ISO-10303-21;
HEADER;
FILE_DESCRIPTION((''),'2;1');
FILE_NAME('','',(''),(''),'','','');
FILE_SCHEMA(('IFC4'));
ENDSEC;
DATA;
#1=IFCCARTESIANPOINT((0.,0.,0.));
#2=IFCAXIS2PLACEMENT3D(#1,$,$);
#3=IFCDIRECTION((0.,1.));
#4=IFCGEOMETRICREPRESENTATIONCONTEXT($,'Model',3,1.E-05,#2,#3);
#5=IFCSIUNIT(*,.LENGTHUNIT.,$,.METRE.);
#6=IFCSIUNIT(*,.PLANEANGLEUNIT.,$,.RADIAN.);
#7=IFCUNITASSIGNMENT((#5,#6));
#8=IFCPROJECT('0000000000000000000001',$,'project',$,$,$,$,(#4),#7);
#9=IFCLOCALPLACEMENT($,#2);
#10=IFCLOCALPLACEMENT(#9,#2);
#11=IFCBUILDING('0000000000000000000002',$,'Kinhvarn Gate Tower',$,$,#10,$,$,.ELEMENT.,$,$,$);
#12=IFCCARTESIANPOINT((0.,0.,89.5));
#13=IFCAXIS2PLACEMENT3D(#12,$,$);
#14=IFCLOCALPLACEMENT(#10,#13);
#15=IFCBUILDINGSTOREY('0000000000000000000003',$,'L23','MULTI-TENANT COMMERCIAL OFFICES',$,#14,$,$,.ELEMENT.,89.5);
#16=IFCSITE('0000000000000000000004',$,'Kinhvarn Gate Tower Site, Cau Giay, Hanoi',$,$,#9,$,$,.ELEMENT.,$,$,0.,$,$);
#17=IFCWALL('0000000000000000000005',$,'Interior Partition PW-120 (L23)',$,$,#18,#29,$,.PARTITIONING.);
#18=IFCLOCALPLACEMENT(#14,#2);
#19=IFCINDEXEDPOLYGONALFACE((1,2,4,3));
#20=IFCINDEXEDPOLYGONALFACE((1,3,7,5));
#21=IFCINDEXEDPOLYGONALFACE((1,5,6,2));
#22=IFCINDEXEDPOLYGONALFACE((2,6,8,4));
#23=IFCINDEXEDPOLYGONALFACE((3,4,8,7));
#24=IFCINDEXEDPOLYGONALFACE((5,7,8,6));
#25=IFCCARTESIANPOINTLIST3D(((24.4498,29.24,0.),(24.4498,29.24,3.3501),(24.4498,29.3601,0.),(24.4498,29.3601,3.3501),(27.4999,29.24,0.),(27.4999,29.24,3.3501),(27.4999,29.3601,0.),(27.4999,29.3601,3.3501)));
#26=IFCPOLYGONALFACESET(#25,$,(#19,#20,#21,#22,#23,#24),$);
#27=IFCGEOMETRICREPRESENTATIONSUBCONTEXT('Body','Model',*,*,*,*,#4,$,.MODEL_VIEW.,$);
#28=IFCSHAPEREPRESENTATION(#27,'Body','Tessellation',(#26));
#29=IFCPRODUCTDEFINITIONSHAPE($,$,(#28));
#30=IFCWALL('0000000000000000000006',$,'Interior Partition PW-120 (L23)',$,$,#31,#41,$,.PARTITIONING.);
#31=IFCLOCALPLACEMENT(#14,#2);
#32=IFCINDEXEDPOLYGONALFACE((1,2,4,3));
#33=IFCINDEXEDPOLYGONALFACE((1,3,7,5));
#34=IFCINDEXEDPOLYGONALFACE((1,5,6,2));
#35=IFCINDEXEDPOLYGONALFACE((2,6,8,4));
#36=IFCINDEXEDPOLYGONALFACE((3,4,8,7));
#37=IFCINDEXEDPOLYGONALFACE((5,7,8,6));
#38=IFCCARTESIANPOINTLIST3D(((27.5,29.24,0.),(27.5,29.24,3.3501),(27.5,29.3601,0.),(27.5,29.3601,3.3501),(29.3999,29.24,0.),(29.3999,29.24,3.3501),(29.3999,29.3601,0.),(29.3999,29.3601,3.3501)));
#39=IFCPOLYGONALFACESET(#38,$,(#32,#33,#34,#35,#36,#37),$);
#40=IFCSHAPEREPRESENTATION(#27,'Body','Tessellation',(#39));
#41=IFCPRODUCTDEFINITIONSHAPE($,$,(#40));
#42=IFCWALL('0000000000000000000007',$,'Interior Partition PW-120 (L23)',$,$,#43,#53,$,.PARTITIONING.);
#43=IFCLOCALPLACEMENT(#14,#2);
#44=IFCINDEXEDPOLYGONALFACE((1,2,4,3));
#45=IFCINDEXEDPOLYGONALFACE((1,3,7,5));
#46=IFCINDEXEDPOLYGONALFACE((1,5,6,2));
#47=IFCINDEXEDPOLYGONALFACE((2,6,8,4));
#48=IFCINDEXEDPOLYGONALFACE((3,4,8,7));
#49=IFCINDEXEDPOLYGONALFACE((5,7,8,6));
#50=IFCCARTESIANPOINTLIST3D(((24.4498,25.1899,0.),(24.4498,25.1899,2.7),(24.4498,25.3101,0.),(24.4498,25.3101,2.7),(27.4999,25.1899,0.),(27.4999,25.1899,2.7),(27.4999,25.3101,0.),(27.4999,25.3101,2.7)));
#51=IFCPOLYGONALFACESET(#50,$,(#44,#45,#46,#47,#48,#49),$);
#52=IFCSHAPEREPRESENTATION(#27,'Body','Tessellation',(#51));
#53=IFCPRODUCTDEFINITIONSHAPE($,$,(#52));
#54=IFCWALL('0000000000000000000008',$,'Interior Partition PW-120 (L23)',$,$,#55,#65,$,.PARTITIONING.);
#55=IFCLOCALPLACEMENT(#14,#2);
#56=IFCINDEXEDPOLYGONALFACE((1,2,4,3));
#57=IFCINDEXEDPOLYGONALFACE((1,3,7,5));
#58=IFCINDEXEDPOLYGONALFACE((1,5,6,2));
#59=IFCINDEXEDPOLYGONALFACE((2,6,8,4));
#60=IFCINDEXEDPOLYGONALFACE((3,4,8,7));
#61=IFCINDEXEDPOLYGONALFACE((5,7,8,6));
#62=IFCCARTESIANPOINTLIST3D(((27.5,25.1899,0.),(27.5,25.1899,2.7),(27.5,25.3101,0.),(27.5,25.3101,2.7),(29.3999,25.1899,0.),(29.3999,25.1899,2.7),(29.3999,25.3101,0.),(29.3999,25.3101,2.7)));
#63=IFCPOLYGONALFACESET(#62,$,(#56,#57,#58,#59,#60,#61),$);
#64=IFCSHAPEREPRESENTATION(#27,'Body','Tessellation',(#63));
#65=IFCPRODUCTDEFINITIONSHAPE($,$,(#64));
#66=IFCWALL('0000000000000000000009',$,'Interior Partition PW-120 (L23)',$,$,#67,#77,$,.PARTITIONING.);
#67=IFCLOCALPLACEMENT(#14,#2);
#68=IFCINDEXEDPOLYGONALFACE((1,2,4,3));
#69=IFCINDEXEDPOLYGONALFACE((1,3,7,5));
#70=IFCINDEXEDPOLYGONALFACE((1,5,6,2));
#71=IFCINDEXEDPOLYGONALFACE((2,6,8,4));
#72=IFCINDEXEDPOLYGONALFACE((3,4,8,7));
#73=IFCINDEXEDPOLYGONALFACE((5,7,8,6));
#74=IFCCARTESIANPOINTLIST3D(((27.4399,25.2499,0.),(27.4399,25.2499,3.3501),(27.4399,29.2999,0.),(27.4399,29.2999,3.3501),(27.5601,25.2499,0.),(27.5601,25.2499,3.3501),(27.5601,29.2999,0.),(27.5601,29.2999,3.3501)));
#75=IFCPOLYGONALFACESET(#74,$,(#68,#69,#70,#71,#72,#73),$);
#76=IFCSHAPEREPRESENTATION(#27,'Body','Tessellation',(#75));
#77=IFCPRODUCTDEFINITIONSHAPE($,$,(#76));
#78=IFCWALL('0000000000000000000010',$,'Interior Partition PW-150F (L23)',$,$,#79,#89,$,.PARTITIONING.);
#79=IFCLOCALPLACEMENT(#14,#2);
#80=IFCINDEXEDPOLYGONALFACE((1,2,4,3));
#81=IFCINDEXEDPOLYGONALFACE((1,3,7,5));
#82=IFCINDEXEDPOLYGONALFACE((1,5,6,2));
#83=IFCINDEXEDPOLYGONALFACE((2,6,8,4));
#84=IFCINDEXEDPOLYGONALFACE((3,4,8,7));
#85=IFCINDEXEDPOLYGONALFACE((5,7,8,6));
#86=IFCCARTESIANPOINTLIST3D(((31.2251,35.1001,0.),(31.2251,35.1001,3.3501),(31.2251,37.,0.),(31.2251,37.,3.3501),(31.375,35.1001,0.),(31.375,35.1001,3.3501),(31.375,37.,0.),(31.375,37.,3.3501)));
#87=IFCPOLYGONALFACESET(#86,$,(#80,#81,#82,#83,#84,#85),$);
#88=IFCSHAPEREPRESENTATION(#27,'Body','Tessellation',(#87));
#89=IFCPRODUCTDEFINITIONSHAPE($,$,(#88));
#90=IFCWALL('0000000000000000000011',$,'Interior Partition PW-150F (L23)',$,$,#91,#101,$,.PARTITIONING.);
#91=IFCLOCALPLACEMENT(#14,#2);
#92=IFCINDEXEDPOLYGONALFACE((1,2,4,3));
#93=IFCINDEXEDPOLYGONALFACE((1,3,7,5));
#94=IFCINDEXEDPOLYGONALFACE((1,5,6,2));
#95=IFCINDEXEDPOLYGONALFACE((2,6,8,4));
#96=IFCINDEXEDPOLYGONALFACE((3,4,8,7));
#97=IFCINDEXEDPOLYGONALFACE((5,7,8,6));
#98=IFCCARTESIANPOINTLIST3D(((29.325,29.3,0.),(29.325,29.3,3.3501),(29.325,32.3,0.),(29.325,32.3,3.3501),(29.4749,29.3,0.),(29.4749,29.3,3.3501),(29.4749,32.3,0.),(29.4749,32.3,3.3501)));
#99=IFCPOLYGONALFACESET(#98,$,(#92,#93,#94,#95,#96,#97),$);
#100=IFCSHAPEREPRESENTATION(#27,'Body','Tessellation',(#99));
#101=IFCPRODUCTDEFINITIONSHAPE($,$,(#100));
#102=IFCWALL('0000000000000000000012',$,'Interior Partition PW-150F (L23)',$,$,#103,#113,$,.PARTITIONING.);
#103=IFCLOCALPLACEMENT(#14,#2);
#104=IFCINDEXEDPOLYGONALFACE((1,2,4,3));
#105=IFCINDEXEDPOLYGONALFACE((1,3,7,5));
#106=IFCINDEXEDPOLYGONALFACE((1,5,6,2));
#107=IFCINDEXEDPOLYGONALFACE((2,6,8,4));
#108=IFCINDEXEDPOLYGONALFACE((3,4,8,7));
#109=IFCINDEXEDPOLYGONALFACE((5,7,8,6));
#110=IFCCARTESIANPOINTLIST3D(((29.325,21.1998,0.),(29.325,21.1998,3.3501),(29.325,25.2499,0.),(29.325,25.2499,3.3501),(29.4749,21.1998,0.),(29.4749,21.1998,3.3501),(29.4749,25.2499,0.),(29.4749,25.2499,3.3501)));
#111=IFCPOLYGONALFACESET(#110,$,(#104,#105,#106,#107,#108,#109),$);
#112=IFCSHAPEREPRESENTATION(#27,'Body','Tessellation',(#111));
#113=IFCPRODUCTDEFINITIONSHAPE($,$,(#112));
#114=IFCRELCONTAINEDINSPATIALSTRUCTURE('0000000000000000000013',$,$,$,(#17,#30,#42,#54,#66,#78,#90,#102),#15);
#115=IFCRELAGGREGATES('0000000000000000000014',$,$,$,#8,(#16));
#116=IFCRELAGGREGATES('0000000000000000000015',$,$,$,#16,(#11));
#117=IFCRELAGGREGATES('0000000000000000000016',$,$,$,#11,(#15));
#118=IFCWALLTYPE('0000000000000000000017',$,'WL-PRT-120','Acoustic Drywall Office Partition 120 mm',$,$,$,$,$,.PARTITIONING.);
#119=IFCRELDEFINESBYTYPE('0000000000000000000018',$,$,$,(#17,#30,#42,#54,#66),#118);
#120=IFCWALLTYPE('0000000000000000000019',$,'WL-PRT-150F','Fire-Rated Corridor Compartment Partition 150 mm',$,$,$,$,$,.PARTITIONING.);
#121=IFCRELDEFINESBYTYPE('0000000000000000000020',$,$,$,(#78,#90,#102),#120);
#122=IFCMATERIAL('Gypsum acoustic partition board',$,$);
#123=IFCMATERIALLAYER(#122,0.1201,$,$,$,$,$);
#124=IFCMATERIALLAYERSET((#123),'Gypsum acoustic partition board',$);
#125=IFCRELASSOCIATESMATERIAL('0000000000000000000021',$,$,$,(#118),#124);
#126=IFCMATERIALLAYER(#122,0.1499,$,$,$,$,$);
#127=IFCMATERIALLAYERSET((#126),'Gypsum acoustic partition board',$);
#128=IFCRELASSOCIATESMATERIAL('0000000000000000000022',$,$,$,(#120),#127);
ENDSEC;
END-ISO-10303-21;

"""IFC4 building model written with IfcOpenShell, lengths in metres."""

from ifc_helpers import new_model, si_unit, direction, frame, frame_2d, origin, place, context, subcontext, project, spatial, rectangle, extrude, material, layer, layer_set, type_object, element, save


model = new_model("IFC4")

# Units and contexts
model_context = context("Model", 3, precision=1e-05, world=origin(), true_north=direction((0.0, 1.0)))
body_context = subcontext(model_context, "Body", "Model", "MODEL_VIEW")
ifc_project = project(units=[si_unit("LENGTHUNIT", "METRE"), si_unit("PLANEANGLEUNIT", "RADIAN")], contexts=[model_context])

# Site, building, storey
site_placement = place(None, origin())
site = spatial("IfcSite", under=ifc_project, at=site_placement, Name="Kinhvarn Gate Tower Site, Cau Giay, Hanoi", CompositionType="ELEMENT", RefElevation=0.0)
building_placement = place(site_placement, origin())
building = spatial("IfcBuilding", under=site, at=building_placement, Name="Kinhvarn Gate Tower", CompositionType="ELEMENT")
storey_placement = place(building_placement, frame((0.0, 0.0, 89.5)))
storey = spatial("IfcBuildingStorey", under=building, at=storey_placement, Name="L23", Description="MULTI-TENANT COMMERCIAL OFFICES", CompositionType="ELEMENT", Elevation=89.5)

# Shared definitions
ifc_material_1 = material(Name="Gypsum acoustic partition board")

# Walls
ifc_layer_1 = layer(ifc_material_1, 0.1201)
ifc_layer_set_1 = layer_set([ifc_layer_1], Name="Gypsum acoustic partition board")
wall_type_1 = type_object("IfcWallType", Name="WL-PRT-120", Description="Acoustic Drywall Office Partition 120 mm", PredefinedType="PARTITIONING", material=ifc_layer_set_1)
wall_1_placement = place(storey_placement, frame((24.45, 29.3, 0.0), z_axis=(0.0, 0.0, 1.0), x_axis=(1.0, 0.0, 0.0)))
element("IfcWall", 1, at=wall_1_placement, inside=storey, type_object=wall_type_1, Name="Interior Partition PW-120 (L23)", PredefinedType="PARTITIONING", context=body_context, shape_type="SweptSolid", body=[
    extrude(rectangle(XDim=3.05, YDim=0.1201, at=frame_2d((1.5249, 0.0))), origin(), (0.0, 0.0, 1.0), 3.3501),
])
wall_2_placement = place(storey_placement, frame((27.5, 29.3, 0.0), z_axis=(0.0, 0.0, 1.0), x_axis=(1.0, 0.0, 0.0)))
element("IfcWall", 2, at=wall_2_placement, inside=storey, type_object=wall_type_1, Name="Interior Partition PW-120 (L23)", PredefinedType="PARTITIONING", context=body_context, shape_type="SweptSolid", body=[
    extrude(rectangle(XDim=1.8999, YDim=0.1201, at=frame_2d((0.95, 0.0))), origin(), (0.0, 0.0, 1.0), 3.3501),
])
wall_3_placement = place(storey_placement, frame((24.45, 25.25, 0.0), z_axis=(0.0, 0.0, 1.0), x_axis=(1.0, 0.0, 0.0)))
element("IfcWall", 3, at=wall_3_placement, inside=storey, type_object=wall_type_1, Name="Interior Partition PW-120 (L23)", PredefinedType="PARTITIONING", context=body_context, shape_type="SweptSolid", body=[
    extrude(rectangle(XDim=3.05, YDim=0.1201, at=frame_2d((1.5249, 0.0))), origin(), (0.0, 0.0, 1.0), 2.7),
])
wall_4_placement = place(storey_placement, frame((27.5, 25.25, 0.0), z_axis=(0.0, 0.0, 1.0), x_axis=(1.0, 0.0, 0.0)))
element("IfcWall", 4, at=wall_4_placement, inside=storey, type_object=wall_type_1, Name="Interior Partition PW-120 (L23)", PredefinedType="PARTITIONING", context=body_context, shape_type="SweptSolid", body=[
    extrude(rectangle(XDim=1.8999, YDim=0.1201, at=frame_2d((0.95, 0.0))), origin(), (0.0, 0.0, 1.0), 2.7),
])
wall_5_placement = place(storey_placement, frame((27.5, 25.25, 0.0), z_axis=(0.0, 0.0, 1.0), x_axis=(0.0, 1.0, 0.0)))
element("IfcWall", 5, at=wall_5_placement, inside=storey, type_object=wall_type_1, Name="Interior Partition PW-120 (L23)", PredefinedType="PARTITIONING", context=body_context, shape_type="SweptSolid", body=[
    extrude(rectangle(XDim=4.05, YDim=0.1201, at=frame_2d((2.0249, 0.0))), origin(), (0.0, 0.0, 1.0), 3.3501),
])

# Shared definitions
ifc_layer_2 = layer(ifc_material_1, 0.1499)
ifc_layer_set_2 = layer_set([ifc_layer_2], Name="Gypsum acoustic partition board")
wall_type_2 = type_object("IfcWallType", Name="WL-PRT-150F", Description="Fire-Rated Corridor Compartment Partition 150 mm", PredefinedType="PARTITIONING", material=ifc_layer_set_2)

# Walls
wall_6_placement = place(storey_placement, frame((31.3, 35.1001, 0.0), z_axis=(0.0, 0.0, 1.0), x_axis=(0.0, 1.0, 0.0)))
element("IfcWall", 6, at=wall_6_placement, inside=storey, type_object=wall_type_2, Name="Interior Partition PW-150F (L23)", PredefinedType="PARTITIONING", context=body_context, shape_type="SweptSolid", body=[
    extrude(rectangle(XDim=1.8999, YDim=0.1499, at=frame_2d((0.95, 0.0))), origin(), (0.0, 0.0, 1.0), 3.3501),
])
wall_7_placement = place(storey_placement, frame((29.3999, 29.3, 0.0), z_axis=(0.0, 0.0, 1.0), x_axis=(0.0, 1.0, 0.0)))
element("IfcWall", 7, at=wall_7_placement, inside=storey, type_object=wall_type_2, Name="Interior Partition PW-150F (L23)", PredefinedType="PARTITIONING", context=body_context, shape_type="SweptSolid", body=[
    extrude(rectangle(XDim=3.0, YDim=0.1499, at=frame_2d((1.5, 0.0))), origin(), (0.0, 0.0, 1.0), 3.3501),
])
wall_8_placement = place(storey_placement, frame((29.3999, 21.2, 0.0), z_axis=(0.0, 0.0, 1.0), x_axis=(0.0, 1.0, 0.0)))
element("IfcWall", 8, at=wall_8_placement, inside=storey, type_object=wall_type_2, Name="Interior Partition PW-150F (L23)", PredefinedType="PARTITIONING", context=body_context, shape_type="SweptSolid", body=[
    extrude(rectangle(XDim=4.05, YDim=0.1499, at=frame_2d((2.0249, 0.0))), origin(), (0.0, 0.0, 1.0), 3.3501),
])

save(model, "model.ifc")
